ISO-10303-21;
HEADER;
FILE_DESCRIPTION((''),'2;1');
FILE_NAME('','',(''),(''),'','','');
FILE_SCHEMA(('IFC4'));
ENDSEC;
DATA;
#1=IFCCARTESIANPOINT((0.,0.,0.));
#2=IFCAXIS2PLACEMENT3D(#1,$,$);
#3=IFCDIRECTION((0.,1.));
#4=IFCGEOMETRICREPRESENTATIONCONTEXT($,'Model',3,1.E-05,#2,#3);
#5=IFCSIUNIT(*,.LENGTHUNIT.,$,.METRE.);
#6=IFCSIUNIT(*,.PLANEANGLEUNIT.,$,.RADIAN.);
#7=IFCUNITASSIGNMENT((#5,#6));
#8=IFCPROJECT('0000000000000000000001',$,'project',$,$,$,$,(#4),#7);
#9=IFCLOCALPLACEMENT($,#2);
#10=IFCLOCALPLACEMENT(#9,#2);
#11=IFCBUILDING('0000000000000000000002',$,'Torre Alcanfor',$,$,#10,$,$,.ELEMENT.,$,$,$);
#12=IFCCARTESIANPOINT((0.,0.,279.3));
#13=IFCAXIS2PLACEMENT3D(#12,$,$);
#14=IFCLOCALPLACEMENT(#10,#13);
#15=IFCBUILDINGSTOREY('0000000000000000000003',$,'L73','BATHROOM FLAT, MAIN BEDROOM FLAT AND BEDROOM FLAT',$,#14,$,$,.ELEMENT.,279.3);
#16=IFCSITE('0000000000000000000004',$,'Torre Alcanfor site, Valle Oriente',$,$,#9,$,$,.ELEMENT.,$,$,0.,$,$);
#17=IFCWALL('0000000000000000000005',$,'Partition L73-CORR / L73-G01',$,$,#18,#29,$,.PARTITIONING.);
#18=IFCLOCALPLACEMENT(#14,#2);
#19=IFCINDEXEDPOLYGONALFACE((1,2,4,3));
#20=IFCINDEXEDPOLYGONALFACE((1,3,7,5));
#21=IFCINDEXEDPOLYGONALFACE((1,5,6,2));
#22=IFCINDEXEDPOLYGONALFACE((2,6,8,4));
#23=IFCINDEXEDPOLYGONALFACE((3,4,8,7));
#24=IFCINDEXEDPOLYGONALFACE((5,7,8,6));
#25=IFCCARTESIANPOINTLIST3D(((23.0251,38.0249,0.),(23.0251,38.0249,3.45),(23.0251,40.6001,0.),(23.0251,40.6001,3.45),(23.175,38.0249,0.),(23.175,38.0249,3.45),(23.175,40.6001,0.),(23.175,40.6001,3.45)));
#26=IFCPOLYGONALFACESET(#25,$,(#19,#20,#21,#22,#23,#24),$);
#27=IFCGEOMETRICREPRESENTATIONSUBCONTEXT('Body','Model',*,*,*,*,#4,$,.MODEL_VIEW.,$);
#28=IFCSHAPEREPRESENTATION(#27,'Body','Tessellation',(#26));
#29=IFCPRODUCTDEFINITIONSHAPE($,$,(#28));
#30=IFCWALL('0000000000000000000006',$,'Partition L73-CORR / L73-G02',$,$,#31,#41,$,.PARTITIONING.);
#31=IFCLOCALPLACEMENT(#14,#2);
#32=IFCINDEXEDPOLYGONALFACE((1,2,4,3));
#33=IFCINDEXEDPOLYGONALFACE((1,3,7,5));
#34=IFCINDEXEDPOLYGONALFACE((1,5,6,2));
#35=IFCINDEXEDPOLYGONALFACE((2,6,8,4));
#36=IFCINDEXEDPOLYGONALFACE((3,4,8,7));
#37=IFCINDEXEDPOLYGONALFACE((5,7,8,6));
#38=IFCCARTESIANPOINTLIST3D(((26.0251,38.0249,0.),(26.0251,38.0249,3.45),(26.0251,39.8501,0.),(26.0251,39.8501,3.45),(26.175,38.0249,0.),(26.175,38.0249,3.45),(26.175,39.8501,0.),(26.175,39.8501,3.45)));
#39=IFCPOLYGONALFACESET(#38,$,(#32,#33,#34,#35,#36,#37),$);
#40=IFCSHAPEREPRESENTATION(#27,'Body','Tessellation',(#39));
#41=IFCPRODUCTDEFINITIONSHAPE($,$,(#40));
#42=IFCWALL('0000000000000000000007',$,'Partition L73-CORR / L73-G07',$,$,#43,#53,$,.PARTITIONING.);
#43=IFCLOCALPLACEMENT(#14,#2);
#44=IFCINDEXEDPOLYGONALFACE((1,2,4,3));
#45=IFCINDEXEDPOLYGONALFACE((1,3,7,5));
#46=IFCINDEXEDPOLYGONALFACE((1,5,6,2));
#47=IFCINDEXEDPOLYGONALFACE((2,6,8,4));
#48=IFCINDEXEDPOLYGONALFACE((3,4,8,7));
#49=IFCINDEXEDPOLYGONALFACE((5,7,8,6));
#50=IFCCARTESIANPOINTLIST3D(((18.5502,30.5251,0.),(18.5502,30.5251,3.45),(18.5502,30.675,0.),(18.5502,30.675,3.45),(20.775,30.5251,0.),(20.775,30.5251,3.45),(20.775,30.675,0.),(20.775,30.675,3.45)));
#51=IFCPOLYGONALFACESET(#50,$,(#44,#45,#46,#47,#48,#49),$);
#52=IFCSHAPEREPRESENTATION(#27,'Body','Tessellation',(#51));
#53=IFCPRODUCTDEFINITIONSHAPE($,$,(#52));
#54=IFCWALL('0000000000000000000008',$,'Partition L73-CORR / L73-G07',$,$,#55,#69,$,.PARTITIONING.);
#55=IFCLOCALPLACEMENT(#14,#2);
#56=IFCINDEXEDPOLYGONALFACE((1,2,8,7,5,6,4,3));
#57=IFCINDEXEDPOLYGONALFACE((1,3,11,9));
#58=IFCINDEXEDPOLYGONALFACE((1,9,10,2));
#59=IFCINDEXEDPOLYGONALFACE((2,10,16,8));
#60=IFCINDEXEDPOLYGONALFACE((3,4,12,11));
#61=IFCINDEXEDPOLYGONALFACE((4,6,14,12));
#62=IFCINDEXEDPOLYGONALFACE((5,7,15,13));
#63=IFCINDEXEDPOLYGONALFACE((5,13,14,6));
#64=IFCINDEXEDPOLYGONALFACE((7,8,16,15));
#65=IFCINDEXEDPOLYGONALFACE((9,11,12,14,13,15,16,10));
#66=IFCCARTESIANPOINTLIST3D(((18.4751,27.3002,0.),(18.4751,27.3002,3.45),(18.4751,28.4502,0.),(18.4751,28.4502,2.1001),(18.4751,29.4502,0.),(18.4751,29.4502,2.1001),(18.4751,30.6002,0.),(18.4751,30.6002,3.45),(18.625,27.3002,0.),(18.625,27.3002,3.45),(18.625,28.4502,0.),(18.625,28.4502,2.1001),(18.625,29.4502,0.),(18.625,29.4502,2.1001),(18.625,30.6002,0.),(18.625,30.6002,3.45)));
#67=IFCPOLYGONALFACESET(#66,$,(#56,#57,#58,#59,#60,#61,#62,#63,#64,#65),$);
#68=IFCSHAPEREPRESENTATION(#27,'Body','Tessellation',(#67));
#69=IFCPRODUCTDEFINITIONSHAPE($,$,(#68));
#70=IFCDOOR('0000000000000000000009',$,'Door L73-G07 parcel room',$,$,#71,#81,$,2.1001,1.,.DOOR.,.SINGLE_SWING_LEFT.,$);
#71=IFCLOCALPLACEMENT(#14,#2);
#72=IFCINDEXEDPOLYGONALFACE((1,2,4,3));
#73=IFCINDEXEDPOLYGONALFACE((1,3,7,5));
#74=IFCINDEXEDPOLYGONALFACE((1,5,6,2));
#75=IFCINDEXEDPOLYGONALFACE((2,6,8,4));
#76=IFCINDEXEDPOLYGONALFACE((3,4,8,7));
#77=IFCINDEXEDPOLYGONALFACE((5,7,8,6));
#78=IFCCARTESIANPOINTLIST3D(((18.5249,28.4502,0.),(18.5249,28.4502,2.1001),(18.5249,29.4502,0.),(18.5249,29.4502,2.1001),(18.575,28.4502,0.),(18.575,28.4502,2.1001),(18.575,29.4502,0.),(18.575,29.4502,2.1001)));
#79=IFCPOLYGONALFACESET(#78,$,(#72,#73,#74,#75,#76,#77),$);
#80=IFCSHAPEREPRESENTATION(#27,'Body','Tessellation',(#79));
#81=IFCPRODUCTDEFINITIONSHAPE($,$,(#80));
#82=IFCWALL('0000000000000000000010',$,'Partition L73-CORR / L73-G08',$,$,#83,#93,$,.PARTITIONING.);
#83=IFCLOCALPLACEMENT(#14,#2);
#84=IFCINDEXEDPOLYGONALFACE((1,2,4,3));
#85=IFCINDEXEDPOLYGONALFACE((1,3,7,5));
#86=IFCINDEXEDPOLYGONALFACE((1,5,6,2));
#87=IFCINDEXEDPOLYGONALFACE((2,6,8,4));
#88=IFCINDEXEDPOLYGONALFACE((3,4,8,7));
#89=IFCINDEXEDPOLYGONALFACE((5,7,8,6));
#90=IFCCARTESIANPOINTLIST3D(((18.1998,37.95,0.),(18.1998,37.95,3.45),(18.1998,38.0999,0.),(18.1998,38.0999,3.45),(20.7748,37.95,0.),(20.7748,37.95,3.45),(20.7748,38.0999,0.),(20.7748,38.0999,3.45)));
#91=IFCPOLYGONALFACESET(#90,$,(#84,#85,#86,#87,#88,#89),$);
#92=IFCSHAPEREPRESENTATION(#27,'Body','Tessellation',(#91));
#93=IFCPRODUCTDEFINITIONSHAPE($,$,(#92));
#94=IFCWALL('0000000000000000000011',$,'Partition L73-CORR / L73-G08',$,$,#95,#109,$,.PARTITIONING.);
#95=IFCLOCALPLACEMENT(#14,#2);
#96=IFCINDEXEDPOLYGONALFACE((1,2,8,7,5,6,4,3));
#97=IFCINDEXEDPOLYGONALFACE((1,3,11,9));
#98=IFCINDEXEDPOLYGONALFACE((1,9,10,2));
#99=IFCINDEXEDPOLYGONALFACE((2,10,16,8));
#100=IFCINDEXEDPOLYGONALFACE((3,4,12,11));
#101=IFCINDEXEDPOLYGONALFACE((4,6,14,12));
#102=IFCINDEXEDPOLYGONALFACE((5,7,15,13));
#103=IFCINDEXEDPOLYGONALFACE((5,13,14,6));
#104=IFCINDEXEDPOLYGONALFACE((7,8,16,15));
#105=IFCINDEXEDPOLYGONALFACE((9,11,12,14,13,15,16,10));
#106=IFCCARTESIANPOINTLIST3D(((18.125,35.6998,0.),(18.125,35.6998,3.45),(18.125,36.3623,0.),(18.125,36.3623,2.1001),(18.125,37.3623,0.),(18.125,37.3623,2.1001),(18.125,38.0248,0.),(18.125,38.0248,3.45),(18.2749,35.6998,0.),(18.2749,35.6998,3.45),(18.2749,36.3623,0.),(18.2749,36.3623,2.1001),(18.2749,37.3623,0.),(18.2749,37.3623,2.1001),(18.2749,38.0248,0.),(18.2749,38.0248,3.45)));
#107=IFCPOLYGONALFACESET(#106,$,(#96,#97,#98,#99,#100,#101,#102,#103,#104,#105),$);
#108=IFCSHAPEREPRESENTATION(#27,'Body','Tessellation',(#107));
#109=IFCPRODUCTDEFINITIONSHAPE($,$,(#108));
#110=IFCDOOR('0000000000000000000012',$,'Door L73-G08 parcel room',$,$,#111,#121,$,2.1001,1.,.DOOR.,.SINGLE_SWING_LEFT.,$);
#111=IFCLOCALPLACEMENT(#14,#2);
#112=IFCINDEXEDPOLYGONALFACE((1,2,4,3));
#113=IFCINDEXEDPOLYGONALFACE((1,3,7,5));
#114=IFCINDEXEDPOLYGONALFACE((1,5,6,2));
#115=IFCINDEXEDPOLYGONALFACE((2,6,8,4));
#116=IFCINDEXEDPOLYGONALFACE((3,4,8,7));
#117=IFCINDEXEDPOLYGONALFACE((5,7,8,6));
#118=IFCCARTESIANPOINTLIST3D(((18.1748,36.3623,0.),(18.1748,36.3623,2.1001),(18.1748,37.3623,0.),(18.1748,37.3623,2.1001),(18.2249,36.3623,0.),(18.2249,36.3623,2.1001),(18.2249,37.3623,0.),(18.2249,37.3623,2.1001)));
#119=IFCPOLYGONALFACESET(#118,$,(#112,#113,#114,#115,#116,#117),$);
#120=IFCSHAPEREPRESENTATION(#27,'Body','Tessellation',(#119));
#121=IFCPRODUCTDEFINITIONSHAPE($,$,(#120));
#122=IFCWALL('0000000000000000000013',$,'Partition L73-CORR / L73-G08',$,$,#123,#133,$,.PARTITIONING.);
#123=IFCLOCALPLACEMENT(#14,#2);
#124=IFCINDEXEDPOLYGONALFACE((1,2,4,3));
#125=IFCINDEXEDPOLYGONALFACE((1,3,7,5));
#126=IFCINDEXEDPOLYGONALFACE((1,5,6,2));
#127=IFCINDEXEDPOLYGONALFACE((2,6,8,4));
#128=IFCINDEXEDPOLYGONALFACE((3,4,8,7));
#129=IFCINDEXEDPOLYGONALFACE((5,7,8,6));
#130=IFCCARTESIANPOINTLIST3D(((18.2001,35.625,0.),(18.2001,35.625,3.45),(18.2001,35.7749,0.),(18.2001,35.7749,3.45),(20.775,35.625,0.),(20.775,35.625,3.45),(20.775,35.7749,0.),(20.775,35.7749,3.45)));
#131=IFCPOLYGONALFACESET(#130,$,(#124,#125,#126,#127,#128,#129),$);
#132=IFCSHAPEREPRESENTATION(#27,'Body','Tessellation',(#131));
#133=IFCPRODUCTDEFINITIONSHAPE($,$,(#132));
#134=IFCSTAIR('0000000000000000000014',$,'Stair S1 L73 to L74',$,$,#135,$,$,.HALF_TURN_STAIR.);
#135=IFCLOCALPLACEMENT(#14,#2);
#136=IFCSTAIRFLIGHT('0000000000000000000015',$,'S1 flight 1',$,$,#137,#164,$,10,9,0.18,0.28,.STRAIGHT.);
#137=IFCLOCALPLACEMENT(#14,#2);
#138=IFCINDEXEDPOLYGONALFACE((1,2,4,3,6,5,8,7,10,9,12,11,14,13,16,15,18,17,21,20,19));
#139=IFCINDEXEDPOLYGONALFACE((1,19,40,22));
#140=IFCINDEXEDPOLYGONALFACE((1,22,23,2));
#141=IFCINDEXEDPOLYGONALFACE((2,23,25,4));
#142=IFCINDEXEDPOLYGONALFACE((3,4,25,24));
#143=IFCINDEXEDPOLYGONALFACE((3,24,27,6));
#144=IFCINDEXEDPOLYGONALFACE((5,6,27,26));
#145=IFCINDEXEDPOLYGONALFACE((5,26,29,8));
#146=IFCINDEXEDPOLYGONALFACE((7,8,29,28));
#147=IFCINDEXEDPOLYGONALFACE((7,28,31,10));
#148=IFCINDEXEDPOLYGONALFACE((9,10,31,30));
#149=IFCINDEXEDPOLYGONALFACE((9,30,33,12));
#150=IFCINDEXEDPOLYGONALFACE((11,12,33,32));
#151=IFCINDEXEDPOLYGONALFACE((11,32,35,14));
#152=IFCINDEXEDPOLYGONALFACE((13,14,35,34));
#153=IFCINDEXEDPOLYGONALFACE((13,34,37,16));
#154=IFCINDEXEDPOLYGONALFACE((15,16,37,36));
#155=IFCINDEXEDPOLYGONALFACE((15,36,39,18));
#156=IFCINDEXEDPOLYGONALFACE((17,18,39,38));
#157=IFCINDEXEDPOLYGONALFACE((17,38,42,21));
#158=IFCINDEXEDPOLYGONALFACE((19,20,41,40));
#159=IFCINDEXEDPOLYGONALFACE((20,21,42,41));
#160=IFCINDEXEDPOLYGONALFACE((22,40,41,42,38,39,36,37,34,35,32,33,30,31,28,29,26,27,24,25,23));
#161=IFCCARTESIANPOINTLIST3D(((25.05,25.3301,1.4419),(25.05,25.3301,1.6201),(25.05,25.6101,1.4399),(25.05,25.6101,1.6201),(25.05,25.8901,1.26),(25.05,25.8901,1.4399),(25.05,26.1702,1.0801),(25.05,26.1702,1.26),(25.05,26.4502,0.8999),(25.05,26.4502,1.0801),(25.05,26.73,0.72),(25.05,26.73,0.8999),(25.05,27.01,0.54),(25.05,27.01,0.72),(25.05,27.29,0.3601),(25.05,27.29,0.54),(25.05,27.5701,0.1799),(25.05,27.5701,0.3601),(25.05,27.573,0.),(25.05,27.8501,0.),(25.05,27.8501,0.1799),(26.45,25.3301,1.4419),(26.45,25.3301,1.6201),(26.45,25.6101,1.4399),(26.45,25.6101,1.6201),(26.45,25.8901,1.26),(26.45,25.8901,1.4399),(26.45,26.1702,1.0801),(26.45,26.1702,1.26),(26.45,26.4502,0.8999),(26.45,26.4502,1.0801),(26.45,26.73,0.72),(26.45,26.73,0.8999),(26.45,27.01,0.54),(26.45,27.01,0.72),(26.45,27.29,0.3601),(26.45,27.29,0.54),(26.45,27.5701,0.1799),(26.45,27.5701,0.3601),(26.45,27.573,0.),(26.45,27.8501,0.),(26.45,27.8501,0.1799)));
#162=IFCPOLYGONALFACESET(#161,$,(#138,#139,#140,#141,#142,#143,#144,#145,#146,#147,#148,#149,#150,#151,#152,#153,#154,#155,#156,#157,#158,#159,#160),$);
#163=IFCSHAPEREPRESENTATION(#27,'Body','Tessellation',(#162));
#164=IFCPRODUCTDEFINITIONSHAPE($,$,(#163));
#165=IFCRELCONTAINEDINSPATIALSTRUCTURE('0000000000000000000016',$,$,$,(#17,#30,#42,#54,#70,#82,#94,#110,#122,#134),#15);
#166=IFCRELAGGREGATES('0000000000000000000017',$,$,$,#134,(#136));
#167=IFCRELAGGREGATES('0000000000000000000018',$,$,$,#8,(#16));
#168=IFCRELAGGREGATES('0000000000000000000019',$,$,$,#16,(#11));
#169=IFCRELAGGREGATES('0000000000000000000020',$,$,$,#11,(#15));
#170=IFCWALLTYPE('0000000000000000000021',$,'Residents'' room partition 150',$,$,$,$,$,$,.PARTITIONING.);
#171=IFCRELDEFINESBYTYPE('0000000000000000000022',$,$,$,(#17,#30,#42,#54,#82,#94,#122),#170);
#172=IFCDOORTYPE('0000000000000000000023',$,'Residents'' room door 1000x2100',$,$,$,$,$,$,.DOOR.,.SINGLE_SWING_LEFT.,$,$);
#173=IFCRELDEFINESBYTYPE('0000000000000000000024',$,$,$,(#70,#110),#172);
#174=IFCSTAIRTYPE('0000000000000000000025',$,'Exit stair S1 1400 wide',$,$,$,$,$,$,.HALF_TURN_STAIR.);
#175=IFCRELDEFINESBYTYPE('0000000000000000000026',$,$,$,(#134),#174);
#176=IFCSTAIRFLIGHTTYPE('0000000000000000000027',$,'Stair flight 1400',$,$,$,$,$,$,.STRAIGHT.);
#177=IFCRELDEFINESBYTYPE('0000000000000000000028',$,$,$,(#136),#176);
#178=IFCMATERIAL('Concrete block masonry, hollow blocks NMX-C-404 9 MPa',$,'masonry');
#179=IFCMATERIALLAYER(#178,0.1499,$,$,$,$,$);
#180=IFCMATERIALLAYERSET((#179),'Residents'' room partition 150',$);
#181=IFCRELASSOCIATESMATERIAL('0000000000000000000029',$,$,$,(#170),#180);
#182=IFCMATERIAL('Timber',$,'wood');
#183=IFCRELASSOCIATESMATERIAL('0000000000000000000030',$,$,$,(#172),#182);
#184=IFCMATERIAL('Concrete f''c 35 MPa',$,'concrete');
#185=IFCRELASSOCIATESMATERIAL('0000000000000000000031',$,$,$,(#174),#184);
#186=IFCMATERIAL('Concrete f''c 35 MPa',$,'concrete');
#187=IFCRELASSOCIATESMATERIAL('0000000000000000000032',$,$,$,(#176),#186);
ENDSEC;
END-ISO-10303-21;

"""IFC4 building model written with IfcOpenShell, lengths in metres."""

from ifc_helpers import new_model, si_unit, direction, frame, frame_2d, origin, place, context, subcontext, project, spatial, polyline, rectangle, outline, extrude, material, layer, layer_set, type_object, element, fill, aggregate, save


model = new_model("IFC4")

# Units and contexts
model_context = context("Model", 3, precision=1e-05, world=origin(), true_north=direction((0.0, 1.0)))
body_context = subcontext(model_context, "Body", "Model", "MODEL_VIEW")
ifc_project = project(units=[si_unit("LENGTHUNIT", "METRE"), si_unit("PLANEANGLEUNIT", "RADIAN")], contexts=[model_context])

# Site, building, storey
site_placement = place(None, origin())
site = spatial("IfcSite", under=ifc_project, at=site_placement, Name="Torre Alcanfor site, Valle Oriente", CompositionType="ELEMENT", RefElevation=0.0)
building_placement = place(site_placement, origin())
building = spatial("IfcBuilding", under=site, at=building_placement, Name="Torre Alcanfor", CompositionType="ELEMENT")
storey_placement = place(building_placement, frame((0.0, 0.0, 279.3)))
storey = spatial("IfcBuildingStorey", under=building, at=storey_placement, Name="L73", Description="BATHROOM FLAT, MAIN BEDROOM FLAT AND BEDROOM FLAT", CompositionType="ELEMENT", Elevation=279.3)

# Walls
ifc_material_1 = material(Name="Concrete block masonry, hollow blocks NMX-C-404 9 MPa", Category="masonry")
ifc_layer_1 = layer(ifc_material_1, 0.1499)
ifc_layer_set_1 = layer_set([ifc_layer_1], Name="Residents' room partition 150")
wall_type_1 = type_object("IfcWallType", Name="Residents' room partition 150", PredefinedType="PARTITIONING", material=ifc_layer_set_1)
wall_1_placement = place(storey_placement, frame((23.1001, 38.0249, 0.0), z_axis=(0.0, 0.0, 1.0), x_axis=(0.0, 1.0, 0.0)))
element("IfcWall", 1, at=wall_1_placement, inside=storey, type_object=wall_type_1, Name="Partition L73-CORR / L73-G01", PredefinedType="PARTITIONING", context=body_context, shape_type="SweptSolid", body=[
    extrude(rectangle(XDim=2.5752, YDim=0.1499, at=frame_2d((1.2876, 0.0))), origin(), (0.0, 0.0, 1.0), 3.45),
])
wall_2_placement = place(storey_placement, frame((26.1001, 39.8501, 0.0), z_axis=(0.0, 0.0, 1.0), x_axis=(0.0, -1.0, 0.0)))
element("IfcWall", 2, at=wall_2_placement, inside=storey, type_object=wall_type_1, Name="Partition L73-CORR / L73-G02", PredefinedType="PARTITIONING", context=body_context, shape_type="SweptSolid", body=[
    extrude(rectangle(XDim=1.8252, YDim=0.1499, at=frame_2d((0.9126, 0.0))), origin(), (0.0, 0.0, 1.0), 3.45),
])
wall_3_placement = place(storey_placement, frame((20.7749, 30.6001, 0.0), z_axis=(0.0, 0.0, 1.0), x_axis=(-1.0, 0.0, 0.0)))
element("IfcWall", 3, at=wall_3_placement, inside=storey, type_object=wall_type_1, Name="Partition L73-CORR / L73-G07", PredefinedType="PARTITIONING", context=body_context, shape_type="SweptSolid", body=[
    extrude(rectangle(XDim=2.2249, YDim=0.1499, at=frame_2d((1.1123, 0.0))), origin(), (0.0, 0.0, 1.0), 3.45),
])

# Wall, opening, door
wall_4_placement = place(storey_placement, frame((18.55, 30.6001, 0.0), z_axis=(0.0, 0.0, 1.0), x_axis=(0.0, -1.0, 0.0)))
wall_4 = element("IfcWall", 4, at=wall_4_placement, inside=storey, type_object=wall_type_1, Name="Partition L73-CORR / L73-G07", PredefinedType="PARTITIONING", context=body_context, shape_type="SweptSolid", body=[
    extrude(rectangle(XDim=3.3, YDim=0.1499, at=frame_2d((1.6499, 0.0))), origin(), (0.0, 0.0, 1.0), 3.45),
])
opening_1_placement = place(wall_4_placement, frame((1.1499, 0.0, 0.0)))
opening_1 = element("IfcOpeningElement", 5, at=opening_1_placement, cuts=wall_4, PredefinedType="OPENING", context=body_context, shape_type="SweptSolid", body=[
    extrude(rectangle(XDim=1.0, YDim=2.1001, at=frame_2d((0.5, 1.05))), frame((0.0, 0.085, 0.0), z_axis=(0.0, -1.0, 0.0), x_axis=(1.0, 0.0, 0.0)), (0.0, 0.0, 1.0), 0.1699),
])
ifc_material_2 = material(Name="Timber", Category="wood")
door_type_1 = type_object("IfcDoorType", Name="Residents' room door 1000x2100", OperationType="SINGLE_SWING_LEFT", PredefinedType="DOOR", material=ifc_material_2)
door_1_placement = place(opening_1_placement, origin())
door_1 = element("IfcDoor", 6, at=door_1_placement, inside=storey, type_object=door_type_1, Name="Door L73-G07 parcel room", OperationType="SINGLE_SWING_LEFT", OverallHeight=2.1001, OverallWidth=1.0, PredefinedType="DOOR", context=body_context, shape_type="SweptSolid", body=[
    extrude(rectangle(XDim=1.0, YDim=2.1001, at=frame_2d((0.5, 1.05))), frame((0.0, 0.0249, 0.0), z_axis=(0.0, -1.0, 0.0), x_axis=(1.0, 0.0, 0.0)), (0.0, 0.0, 1.0), 0.05),
])
fill(opening_1, door_1)

# Wall
wall_5_placement = place(storey_placement, frame((20.7749, 38.0249, 0.0), z_axis=(0.0, 0.0, 1.0), x_axis=(-1.0, 0.0, 0.0)))
element("IfcWall", 7, at=wall_5_placement, inside=storey, type_object=wall_type_1, Name="Partition L73-CORR / L73-G08", PredefinedType="PARTITIONING", context=body_context, shape_type="SweptSolid", body=[
    extrude(rectangle(XDim=2.575, YDim=0.1499, at=frame_2d((1.2876, 0.0))), origin(), (0.0, 0.0, 1.0), 3.45),
])

# Wall, opening, door
wall_6_placement = place(storey_placement, frame((18.2, 38.0249, 0.0), z_axis=(0.0, 0.0, 1.0), x_axis=(0.0, -1.0, 0.0)))
wall_6 = element("IfcWall", 8, at=wall_6_placement, inside=storey, type_object=wall_type_1, Name="Partition L73-CORR / L73-G08", PredefinedType="PARTITIONING", context=body_context, shape_type="SweptSolid", body=[
    extrude(rectangle(XDim=2.325, YDim=0.1499, at=frame_2d((1.1626, 0.0))), origin(), (0.0, 0.0, 1.0), 3.45),
])
opening_2_placement = place(wall_6_placement, frame((0.6626, 0.0, 0.0)))
opening_2 = element("IfcOpeningElement", 9, at=opening_2_placement, cuts=wall_6, PredefinedType="OPENING", context=body_context, shape_type="SweptSolid", body=[
    extrude(rectangle(XDim=1.0, YDim=2.1001, at=frame_2d((0.5, 1.05))), frame((0.0, 0.085, 0.0), z_axis=(0.0, -1.0, 0.0), x_axis=(1.0, 0.0, 0.0)), (0.0, 0.0, 1.0), 0.1699),
])
door_2_placement = place(opening_2_placement, origin())
door_2 = element("IfcDoor", 10, at=door_2_placement, inside=storey, type_object=door_type_1, Name="Door L73-G08 parcel room", OperationType="SINGLE_SWING_LEFT", OverallHeight=2.1001, OverallWidth=1.0, PredefinedType="DOOR", context=body_context, shape_type="SweptSolid", body=[
    extrude(rectangle(XDim=1.0, YDim=2.1001, at=frame_2d((0.5, 1.05))), frame((0.0, 0.0249, 0.0), z_axis=(0.0, -1.0, 0.0), x_axis=(1.0, 0.0, 0.0)), (0.0, 0.0, 1.0), 0.05),
])
fill(opening_2, door_2)

# Wall
wall_7_placement = place(storey_placement, frame((18.2, 35.7, 0.0), z_axis=(0.0, 0.0, 1.0), x_axis=(1.0, 0.0, 0.0)))
element("IfcWall", 11, at=wall_7_placement, inside=storey, type_object=wall_type_1, Name="Partition L73-CORR / L73-G08", PredefinedType="PARTITIONING", context=body_context, shape_type="SweptSolid", body=[
    extrude(rectangle(XDim=2.575, YDim=0.1499, at=frame_2d((1.2876, 0.0))), origin(), (0.0, 0.0, 1.0), 3.45),
])

# Stair, stair flight
ifc_material_3 = material(Name="Concrete f'c 35 MPa", Category="concrete")
stair_type = type_object("IfcStairType", Name="Exit stair S1 1400 wide", PredefinedType="HALF_TURN_STAIR", material=ifc_material_3)
stair_placement = place(storey_placement, origin())
stair = element("IfcStair", 12, at=stair_placement, inside=storey, type_object=stair_type, Name="Stair S1 L73 to L74", PredefinedType="HALF_TURN_STAIR")
ifc_material_4 = material(Name="Concrete f'c 35 MPa", Category="concrete")
stair_flight_type = type_object("IfcStairFlightType", Name="Stair flight 1400", PredefinedType="STRAIGHT", material=ifc_material_4)
stair_flight_placement = place(storey_placement, frame((25.75, 27.8501, 0.0), z_axis=(0.0, 0.0, 1.0), x_axis=(0.0, -1.0, 0.0)))
stair_flight = element("IfcStairFlight", 13, at=stair_flight_placement, type_object=stair_flight_type, Name="S1 flight 1", NumberOfRisers=10, NumberOfTreads=9, PredefinedType="STRAIGHT", RiserHeight=0.18, TreadLength=0.28, context=body_context, shape_type="SweptSolid", body=[
    extrude(outline(polyline([(0.0, 0.0), (0.0, 0.1799), (0.28, 0.1799), (0.28, 0.3601), (0.5601, 0.3601), (0.5601, 0.54), (0.8401, 0.54), (0.8401, 0.72), (1.1201, 0.72), (1.1201, 0.8999), (1.3999, 0.8999), (1.3999, 1.0801), (1.6799, 1.0801), (1.6799, 1.26), (1.96, 1.26), (1.96, 1.4399), (2.24, 1.4399), (2.24, 1.6201), (2.52, 1.6201), (2.52, 1.8), (2.52, 1.4419), (0.2771, 0.0), (0.0, 0.0)])), frame((0.0, 0.7, 0.0), z_axis=(0.0, -1.0, 0.0), x_axis=(1.0, 0.0, 0.0)), (0.0, 0.0, 1.0), 1.3999),
])
aggregate(stair, [stair_flight])

save(model, "model.ifc")
